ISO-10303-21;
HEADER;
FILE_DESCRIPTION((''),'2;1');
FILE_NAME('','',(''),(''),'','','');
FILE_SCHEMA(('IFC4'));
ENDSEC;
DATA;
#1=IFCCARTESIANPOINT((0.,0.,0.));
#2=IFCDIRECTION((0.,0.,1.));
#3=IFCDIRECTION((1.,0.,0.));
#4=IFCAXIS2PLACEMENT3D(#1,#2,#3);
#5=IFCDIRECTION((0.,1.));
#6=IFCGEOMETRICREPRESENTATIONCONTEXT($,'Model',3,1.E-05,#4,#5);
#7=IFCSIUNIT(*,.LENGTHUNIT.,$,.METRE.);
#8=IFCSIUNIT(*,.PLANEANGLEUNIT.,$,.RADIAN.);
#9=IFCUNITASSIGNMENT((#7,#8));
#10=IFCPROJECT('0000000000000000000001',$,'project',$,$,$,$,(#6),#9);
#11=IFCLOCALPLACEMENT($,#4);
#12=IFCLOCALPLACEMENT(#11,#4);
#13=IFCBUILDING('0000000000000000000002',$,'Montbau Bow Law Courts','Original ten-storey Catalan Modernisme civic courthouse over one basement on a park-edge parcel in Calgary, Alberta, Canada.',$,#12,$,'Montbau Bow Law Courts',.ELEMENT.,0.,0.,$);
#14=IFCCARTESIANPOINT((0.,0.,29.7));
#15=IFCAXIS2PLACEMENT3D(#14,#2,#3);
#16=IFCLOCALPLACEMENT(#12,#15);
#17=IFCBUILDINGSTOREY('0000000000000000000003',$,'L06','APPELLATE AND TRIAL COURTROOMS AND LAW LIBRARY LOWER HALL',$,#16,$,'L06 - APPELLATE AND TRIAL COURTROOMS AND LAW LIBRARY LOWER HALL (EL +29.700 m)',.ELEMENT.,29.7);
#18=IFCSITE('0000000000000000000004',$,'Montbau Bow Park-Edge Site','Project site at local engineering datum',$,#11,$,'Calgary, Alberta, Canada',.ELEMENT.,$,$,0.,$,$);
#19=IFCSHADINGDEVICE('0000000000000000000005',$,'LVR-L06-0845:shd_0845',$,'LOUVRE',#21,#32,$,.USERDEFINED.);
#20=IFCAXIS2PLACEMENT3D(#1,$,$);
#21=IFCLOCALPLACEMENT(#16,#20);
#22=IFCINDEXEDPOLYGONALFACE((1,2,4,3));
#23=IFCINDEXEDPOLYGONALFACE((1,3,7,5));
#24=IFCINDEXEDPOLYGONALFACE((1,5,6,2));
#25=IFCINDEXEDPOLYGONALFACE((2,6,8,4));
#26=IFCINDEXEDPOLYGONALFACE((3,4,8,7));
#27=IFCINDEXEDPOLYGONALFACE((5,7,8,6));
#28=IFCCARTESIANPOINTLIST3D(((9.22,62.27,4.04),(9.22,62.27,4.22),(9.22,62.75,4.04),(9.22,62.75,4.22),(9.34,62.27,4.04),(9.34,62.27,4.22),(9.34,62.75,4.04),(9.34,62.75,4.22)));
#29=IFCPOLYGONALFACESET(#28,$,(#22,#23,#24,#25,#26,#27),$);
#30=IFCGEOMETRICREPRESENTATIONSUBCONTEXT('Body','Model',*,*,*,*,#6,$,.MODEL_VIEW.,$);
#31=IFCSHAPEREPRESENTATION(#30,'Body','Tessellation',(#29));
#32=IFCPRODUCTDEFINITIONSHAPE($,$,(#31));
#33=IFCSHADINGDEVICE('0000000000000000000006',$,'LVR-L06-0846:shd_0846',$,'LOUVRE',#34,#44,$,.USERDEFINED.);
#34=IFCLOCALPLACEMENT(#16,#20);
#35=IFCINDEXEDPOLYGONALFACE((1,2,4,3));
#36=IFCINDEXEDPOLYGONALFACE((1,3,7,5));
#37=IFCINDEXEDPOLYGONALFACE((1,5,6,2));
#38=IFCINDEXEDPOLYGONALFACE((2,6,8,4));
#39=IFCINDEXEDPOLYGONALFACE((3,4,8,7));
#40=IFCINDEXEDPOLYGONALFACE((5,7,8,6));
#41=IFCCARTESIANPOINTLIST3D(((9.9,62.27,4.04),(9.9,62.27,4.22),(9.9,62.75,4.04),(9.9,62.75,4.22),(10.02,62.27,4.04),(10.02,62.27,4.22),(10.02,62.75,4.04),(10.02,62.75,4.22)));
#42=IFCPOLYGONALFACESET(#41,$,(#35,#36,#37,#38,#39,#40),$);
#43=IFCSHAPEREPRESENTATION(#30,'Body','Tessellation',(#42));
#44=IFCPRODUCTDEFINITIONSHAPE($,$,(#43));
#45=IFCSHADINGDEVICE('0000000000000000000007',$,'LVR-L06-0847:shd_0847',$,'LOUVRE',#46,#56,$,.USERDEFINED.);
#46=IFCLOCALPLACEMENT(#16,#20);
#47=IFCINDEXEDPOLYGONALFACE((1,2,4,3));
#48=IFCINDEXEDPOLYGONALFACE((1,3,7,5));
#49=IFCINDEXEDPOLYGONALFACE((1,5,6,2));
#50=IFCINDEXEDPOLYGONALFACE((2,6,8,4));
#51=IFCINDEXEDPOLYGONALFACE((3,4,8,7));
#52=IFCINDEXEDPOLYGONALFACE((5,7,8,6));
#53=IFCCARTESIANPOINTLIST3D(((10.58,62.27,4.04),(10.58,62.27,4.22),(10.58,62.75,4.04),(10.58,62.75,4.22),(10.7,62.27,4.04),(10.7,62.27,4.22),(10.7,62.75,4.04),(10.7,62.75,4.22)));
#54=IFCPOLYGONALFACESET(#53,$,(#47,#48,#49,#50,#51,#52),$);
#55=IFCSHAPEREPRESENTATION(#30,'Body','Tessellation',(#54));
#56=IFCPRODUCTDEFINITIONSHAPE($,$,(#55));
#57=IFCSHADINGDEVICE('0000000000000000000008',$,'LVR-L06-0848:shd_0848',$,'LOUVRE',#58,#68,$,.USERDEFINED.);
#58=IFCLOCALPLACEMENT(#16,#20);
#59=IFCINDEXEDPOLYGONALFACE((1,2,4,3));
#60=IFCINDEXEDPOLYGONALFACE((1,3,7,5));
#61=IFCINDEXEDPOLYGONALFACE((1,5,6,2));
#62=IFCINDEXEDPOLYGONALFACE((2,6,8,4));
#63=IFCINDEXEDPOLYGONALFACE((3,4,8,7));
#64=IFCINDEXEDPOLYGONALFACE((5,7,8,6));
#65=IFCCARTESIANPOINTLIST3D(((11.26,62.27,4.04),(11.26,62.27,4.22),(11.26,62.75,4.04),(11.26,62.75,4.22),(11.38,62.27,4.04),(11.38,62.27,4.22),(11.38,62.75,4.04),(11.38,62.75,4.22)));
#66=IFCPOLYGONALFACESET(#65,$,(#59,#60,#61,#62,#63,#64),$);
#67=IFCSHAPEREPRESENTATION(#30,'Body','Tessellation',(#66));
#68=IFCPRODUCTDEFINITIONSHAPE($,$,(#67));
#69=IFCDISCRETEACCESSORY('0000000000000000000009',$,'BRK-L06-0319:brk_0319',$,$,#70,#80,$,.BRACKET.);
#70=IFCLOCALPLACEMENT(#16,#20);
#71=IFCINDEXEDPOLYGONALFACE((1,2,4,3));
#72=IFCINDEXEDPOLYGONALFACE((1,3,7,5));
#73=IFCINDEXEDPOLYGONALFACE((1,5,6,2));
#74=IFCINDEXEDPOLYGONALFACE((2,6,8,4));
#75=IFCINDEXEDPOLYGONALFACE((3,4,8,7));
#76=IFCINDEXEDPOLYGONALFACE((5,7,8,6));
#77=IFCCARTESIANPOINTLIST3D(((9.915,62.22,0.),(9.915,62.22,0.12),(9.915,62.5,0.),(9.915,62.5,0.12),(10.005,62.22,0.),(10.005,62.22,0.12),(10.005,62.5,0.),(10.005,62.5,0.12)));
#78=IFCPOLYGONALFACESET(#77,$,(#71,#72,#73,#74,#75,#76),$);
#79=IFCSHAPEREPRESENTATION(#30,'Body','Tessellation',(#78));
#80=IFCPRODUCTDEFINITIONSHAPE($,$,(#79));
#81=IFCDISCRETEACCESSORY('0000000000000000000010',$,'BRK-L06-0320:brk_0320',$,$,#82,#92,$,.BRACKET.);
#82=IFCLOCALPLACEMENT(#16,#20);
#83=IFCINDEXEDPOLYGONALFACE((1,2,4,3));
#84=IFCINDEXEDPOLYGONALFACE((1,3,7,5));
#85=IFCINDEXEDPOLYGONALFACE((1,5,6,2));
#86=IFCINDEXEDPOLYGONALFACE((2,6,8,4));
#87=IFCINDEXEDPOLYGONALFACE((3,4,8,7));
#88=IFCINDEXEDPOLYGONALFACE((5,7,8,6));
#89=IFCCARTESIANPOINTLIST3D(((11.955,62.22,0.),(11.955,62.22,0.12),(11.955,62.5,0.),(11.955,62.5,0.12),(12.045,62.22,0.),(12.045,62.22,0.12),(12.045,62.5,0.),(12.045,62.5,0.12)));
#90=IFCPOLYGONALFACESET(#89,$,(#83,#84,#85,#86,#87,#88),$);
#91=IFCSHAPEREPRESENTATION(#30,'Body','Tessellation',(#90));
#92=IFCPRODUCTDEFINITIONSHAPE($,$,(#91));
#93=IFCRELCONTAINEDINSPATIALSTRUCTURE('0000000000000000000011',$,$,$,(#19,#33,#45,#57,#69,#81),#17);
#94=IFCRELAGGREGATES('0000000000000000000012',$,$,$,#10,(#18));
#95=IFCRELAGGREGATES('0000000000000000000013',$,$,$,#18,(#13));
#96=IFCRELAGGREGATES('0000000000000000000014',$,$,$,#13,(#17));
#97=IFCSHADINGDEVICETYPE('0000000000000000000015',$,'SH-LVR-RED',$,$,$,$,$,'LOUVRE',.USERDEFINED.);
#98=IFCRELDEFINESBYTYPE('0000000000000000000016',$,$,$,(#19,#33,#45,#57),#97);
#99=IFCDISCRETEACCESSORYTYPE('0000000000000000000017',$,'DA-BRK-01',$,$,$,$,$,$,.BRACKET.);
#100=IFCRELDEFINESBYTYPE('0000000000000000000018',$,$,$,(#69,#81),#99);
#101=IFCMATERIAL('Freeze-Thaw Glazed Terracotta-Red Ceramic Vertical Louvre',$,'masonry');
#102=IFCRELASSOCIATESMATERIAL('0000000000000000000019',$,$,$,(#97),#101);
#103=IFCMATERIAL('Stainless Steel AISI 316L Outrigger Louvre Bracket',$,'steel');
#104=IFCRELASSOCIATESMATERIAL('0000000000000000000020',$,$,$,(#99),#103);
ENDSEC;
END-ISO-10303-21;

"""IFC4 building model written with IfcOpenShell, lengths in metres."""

from ifc_helpers import new_model, si_unit, direction, frame, origin_with_axes, origin_2d_with_axis, place, context, subcontext, project, spatial, rectangle, extrude, material, type_object, element, save


model = new_model("IFC4")

# Units and contexts
model_context = context("Model", 3, precision=1e-05, world=origin_with_axes(), true_north=direction((0.0, 1.0)))
body_context = subcontext(model_context, "Body", "Model", "MODEL_VIEW")
ifc_project = project(units=[si_unit("LENGTHUNIT", "METRE"), si_unit("PLANEANGLEUNIT", "RADIAN")], contexts=[model_context])

# Site, building, storey
site_placement = place(None, origin_with_axes())
site = spatial("IfcSite", under=ifc_project, at=site_placement, Name="Montbau Bow Park-Edge Site", Description="Project site at local engineering datum", LongName="Calgary, Alberta, Canada", CompositionType="ELEMENT", RefElevation=0.0)
building_placement = place(site_placement, origin_with_axes())
building = spatial("IfcBuilding", under=site, at=building_placement, Name="Montbau Bow Law Courts", Description="Original ten-storey Catalan Modernisme civic courthouse over one basement on a park-edge parcel in Calgary, Alberta, Canada.", LongName="Montbau Bow Law Courts", CompositionType="ELEMENT", ElevationOfRefHeight=0.0, ElevationOfTerrain=0.0)
storey_placement = place(building_placement, frame((0.0, 0.0, 29.7), z_axis=(0.0, 0.0, 1.0), x_axis=(1.0, 0.0, 0.0)))
storey = spatial("IfcBuildingStorey", under=building, at=storey_placement, Name="L06", Description="APPELLATE AND TRIAL COURTROOMS AND LAW LIBRARY LOWER HALL", LongName="L06 - APPELLATE AND TRIAL COURTROOMS AND LAW LIBRARY LOWER HALL (EL +29.700 m)", CompositionType="ELEMENT", Elevation=29.7)

# Shared definitions
ifc_material_1 = material(Name="Freeze-Thaw Glazed Terracotta-Red Ceramic Vertical Louvre", Category="masonry")

# Shading devices
shading_device_type = type_object("IfcShadingDeviceType", Name="SH-LVR-RED", ElementType="LOUVRE", PredefinedType="USERDEFINED", material=ifc_material_1)
for number, where, z_axis, x_axis, name in (
    (1, (9.28, 62.51, 33.74), (0.0, 0.0, 1.0), (0.0, 1.0, 0.0), "LVR-L06-0845:shd_0845"),
    (2, (9.96, 62.51, 33.74), (0.0, 0.0, 1.0), (0.0, 1.0, 0.0), "LVR-L06-0846:shd_0846"),
    (3, (10.64, 62.51, 33.74), (0.0, 0.0, 1.0), (0.0, 1.0, 0.0), "LVR-L06-0847:shd_0847"),
    (4, (11.32, 62.51, 33.74), (0.0, 0.0, 1.0), (0.0, 1.0, 0.0), "LVR-L06-0848:shd_0848"),
):
    element("IfcShadingDevice", number, at=place(None, frame(where, z_axis=z_axis, x_axis=x_axis)), inside=storey, type_object=shading_device_type, Name=name, ObjectType="LOUVRE", PredefinedType="USERDEFINED", context=body_context, shape_type="SweptSolid", body=[
        extrude(rectangle(XDim=0.48, YDim=0.12, at=origin_2d_with_axis()), origin_with_axes(), (0.0, 0.0, 1.0), 0.18),
    ])

# Discrete accessories
ifc_material_2 = material(Name="Stainless Steel AISI 316L Outrigger Louvre Bracket", Category="steel")
discrete_accessory_type = type_object("IfcDiscreteAccessoryType", Name="DA-BRK-01", PredefinedType="BRACKET", material=ifc_material_2)
for number, where, z_axis, x_axis, name in (
    (5, (9.96, 62.36, 29.7), (0.0, 0.0, 1.0), (0.0, 1.0, 0.0), "BRK-L06-0319:brk_0319"),
    (6, (12.0, 62.36, 29.7), (0.0, 0.0, 1.0), (0.0, 1.0, 0.0), "BRK-L06-0320:brk_0320"),
):
    element("IfcDiscreteAccessory", number, at=place(None, frame(where, z_axis=z_axis, x_axis=x_axis)), inside=storey, type_object=discrete_accessory_type, Name=name, PredefinedType="BRACKET", context=body_context, shape_type="SweptSolid", body=[
        extrude(rectangle(XDim=0.28, YDim=0.09, at=origin_2d_with_axis()), origin_with_axes(), (0.0, 0.0, 1.0), 0.12),
    ])

save(model, "model.ifc")
